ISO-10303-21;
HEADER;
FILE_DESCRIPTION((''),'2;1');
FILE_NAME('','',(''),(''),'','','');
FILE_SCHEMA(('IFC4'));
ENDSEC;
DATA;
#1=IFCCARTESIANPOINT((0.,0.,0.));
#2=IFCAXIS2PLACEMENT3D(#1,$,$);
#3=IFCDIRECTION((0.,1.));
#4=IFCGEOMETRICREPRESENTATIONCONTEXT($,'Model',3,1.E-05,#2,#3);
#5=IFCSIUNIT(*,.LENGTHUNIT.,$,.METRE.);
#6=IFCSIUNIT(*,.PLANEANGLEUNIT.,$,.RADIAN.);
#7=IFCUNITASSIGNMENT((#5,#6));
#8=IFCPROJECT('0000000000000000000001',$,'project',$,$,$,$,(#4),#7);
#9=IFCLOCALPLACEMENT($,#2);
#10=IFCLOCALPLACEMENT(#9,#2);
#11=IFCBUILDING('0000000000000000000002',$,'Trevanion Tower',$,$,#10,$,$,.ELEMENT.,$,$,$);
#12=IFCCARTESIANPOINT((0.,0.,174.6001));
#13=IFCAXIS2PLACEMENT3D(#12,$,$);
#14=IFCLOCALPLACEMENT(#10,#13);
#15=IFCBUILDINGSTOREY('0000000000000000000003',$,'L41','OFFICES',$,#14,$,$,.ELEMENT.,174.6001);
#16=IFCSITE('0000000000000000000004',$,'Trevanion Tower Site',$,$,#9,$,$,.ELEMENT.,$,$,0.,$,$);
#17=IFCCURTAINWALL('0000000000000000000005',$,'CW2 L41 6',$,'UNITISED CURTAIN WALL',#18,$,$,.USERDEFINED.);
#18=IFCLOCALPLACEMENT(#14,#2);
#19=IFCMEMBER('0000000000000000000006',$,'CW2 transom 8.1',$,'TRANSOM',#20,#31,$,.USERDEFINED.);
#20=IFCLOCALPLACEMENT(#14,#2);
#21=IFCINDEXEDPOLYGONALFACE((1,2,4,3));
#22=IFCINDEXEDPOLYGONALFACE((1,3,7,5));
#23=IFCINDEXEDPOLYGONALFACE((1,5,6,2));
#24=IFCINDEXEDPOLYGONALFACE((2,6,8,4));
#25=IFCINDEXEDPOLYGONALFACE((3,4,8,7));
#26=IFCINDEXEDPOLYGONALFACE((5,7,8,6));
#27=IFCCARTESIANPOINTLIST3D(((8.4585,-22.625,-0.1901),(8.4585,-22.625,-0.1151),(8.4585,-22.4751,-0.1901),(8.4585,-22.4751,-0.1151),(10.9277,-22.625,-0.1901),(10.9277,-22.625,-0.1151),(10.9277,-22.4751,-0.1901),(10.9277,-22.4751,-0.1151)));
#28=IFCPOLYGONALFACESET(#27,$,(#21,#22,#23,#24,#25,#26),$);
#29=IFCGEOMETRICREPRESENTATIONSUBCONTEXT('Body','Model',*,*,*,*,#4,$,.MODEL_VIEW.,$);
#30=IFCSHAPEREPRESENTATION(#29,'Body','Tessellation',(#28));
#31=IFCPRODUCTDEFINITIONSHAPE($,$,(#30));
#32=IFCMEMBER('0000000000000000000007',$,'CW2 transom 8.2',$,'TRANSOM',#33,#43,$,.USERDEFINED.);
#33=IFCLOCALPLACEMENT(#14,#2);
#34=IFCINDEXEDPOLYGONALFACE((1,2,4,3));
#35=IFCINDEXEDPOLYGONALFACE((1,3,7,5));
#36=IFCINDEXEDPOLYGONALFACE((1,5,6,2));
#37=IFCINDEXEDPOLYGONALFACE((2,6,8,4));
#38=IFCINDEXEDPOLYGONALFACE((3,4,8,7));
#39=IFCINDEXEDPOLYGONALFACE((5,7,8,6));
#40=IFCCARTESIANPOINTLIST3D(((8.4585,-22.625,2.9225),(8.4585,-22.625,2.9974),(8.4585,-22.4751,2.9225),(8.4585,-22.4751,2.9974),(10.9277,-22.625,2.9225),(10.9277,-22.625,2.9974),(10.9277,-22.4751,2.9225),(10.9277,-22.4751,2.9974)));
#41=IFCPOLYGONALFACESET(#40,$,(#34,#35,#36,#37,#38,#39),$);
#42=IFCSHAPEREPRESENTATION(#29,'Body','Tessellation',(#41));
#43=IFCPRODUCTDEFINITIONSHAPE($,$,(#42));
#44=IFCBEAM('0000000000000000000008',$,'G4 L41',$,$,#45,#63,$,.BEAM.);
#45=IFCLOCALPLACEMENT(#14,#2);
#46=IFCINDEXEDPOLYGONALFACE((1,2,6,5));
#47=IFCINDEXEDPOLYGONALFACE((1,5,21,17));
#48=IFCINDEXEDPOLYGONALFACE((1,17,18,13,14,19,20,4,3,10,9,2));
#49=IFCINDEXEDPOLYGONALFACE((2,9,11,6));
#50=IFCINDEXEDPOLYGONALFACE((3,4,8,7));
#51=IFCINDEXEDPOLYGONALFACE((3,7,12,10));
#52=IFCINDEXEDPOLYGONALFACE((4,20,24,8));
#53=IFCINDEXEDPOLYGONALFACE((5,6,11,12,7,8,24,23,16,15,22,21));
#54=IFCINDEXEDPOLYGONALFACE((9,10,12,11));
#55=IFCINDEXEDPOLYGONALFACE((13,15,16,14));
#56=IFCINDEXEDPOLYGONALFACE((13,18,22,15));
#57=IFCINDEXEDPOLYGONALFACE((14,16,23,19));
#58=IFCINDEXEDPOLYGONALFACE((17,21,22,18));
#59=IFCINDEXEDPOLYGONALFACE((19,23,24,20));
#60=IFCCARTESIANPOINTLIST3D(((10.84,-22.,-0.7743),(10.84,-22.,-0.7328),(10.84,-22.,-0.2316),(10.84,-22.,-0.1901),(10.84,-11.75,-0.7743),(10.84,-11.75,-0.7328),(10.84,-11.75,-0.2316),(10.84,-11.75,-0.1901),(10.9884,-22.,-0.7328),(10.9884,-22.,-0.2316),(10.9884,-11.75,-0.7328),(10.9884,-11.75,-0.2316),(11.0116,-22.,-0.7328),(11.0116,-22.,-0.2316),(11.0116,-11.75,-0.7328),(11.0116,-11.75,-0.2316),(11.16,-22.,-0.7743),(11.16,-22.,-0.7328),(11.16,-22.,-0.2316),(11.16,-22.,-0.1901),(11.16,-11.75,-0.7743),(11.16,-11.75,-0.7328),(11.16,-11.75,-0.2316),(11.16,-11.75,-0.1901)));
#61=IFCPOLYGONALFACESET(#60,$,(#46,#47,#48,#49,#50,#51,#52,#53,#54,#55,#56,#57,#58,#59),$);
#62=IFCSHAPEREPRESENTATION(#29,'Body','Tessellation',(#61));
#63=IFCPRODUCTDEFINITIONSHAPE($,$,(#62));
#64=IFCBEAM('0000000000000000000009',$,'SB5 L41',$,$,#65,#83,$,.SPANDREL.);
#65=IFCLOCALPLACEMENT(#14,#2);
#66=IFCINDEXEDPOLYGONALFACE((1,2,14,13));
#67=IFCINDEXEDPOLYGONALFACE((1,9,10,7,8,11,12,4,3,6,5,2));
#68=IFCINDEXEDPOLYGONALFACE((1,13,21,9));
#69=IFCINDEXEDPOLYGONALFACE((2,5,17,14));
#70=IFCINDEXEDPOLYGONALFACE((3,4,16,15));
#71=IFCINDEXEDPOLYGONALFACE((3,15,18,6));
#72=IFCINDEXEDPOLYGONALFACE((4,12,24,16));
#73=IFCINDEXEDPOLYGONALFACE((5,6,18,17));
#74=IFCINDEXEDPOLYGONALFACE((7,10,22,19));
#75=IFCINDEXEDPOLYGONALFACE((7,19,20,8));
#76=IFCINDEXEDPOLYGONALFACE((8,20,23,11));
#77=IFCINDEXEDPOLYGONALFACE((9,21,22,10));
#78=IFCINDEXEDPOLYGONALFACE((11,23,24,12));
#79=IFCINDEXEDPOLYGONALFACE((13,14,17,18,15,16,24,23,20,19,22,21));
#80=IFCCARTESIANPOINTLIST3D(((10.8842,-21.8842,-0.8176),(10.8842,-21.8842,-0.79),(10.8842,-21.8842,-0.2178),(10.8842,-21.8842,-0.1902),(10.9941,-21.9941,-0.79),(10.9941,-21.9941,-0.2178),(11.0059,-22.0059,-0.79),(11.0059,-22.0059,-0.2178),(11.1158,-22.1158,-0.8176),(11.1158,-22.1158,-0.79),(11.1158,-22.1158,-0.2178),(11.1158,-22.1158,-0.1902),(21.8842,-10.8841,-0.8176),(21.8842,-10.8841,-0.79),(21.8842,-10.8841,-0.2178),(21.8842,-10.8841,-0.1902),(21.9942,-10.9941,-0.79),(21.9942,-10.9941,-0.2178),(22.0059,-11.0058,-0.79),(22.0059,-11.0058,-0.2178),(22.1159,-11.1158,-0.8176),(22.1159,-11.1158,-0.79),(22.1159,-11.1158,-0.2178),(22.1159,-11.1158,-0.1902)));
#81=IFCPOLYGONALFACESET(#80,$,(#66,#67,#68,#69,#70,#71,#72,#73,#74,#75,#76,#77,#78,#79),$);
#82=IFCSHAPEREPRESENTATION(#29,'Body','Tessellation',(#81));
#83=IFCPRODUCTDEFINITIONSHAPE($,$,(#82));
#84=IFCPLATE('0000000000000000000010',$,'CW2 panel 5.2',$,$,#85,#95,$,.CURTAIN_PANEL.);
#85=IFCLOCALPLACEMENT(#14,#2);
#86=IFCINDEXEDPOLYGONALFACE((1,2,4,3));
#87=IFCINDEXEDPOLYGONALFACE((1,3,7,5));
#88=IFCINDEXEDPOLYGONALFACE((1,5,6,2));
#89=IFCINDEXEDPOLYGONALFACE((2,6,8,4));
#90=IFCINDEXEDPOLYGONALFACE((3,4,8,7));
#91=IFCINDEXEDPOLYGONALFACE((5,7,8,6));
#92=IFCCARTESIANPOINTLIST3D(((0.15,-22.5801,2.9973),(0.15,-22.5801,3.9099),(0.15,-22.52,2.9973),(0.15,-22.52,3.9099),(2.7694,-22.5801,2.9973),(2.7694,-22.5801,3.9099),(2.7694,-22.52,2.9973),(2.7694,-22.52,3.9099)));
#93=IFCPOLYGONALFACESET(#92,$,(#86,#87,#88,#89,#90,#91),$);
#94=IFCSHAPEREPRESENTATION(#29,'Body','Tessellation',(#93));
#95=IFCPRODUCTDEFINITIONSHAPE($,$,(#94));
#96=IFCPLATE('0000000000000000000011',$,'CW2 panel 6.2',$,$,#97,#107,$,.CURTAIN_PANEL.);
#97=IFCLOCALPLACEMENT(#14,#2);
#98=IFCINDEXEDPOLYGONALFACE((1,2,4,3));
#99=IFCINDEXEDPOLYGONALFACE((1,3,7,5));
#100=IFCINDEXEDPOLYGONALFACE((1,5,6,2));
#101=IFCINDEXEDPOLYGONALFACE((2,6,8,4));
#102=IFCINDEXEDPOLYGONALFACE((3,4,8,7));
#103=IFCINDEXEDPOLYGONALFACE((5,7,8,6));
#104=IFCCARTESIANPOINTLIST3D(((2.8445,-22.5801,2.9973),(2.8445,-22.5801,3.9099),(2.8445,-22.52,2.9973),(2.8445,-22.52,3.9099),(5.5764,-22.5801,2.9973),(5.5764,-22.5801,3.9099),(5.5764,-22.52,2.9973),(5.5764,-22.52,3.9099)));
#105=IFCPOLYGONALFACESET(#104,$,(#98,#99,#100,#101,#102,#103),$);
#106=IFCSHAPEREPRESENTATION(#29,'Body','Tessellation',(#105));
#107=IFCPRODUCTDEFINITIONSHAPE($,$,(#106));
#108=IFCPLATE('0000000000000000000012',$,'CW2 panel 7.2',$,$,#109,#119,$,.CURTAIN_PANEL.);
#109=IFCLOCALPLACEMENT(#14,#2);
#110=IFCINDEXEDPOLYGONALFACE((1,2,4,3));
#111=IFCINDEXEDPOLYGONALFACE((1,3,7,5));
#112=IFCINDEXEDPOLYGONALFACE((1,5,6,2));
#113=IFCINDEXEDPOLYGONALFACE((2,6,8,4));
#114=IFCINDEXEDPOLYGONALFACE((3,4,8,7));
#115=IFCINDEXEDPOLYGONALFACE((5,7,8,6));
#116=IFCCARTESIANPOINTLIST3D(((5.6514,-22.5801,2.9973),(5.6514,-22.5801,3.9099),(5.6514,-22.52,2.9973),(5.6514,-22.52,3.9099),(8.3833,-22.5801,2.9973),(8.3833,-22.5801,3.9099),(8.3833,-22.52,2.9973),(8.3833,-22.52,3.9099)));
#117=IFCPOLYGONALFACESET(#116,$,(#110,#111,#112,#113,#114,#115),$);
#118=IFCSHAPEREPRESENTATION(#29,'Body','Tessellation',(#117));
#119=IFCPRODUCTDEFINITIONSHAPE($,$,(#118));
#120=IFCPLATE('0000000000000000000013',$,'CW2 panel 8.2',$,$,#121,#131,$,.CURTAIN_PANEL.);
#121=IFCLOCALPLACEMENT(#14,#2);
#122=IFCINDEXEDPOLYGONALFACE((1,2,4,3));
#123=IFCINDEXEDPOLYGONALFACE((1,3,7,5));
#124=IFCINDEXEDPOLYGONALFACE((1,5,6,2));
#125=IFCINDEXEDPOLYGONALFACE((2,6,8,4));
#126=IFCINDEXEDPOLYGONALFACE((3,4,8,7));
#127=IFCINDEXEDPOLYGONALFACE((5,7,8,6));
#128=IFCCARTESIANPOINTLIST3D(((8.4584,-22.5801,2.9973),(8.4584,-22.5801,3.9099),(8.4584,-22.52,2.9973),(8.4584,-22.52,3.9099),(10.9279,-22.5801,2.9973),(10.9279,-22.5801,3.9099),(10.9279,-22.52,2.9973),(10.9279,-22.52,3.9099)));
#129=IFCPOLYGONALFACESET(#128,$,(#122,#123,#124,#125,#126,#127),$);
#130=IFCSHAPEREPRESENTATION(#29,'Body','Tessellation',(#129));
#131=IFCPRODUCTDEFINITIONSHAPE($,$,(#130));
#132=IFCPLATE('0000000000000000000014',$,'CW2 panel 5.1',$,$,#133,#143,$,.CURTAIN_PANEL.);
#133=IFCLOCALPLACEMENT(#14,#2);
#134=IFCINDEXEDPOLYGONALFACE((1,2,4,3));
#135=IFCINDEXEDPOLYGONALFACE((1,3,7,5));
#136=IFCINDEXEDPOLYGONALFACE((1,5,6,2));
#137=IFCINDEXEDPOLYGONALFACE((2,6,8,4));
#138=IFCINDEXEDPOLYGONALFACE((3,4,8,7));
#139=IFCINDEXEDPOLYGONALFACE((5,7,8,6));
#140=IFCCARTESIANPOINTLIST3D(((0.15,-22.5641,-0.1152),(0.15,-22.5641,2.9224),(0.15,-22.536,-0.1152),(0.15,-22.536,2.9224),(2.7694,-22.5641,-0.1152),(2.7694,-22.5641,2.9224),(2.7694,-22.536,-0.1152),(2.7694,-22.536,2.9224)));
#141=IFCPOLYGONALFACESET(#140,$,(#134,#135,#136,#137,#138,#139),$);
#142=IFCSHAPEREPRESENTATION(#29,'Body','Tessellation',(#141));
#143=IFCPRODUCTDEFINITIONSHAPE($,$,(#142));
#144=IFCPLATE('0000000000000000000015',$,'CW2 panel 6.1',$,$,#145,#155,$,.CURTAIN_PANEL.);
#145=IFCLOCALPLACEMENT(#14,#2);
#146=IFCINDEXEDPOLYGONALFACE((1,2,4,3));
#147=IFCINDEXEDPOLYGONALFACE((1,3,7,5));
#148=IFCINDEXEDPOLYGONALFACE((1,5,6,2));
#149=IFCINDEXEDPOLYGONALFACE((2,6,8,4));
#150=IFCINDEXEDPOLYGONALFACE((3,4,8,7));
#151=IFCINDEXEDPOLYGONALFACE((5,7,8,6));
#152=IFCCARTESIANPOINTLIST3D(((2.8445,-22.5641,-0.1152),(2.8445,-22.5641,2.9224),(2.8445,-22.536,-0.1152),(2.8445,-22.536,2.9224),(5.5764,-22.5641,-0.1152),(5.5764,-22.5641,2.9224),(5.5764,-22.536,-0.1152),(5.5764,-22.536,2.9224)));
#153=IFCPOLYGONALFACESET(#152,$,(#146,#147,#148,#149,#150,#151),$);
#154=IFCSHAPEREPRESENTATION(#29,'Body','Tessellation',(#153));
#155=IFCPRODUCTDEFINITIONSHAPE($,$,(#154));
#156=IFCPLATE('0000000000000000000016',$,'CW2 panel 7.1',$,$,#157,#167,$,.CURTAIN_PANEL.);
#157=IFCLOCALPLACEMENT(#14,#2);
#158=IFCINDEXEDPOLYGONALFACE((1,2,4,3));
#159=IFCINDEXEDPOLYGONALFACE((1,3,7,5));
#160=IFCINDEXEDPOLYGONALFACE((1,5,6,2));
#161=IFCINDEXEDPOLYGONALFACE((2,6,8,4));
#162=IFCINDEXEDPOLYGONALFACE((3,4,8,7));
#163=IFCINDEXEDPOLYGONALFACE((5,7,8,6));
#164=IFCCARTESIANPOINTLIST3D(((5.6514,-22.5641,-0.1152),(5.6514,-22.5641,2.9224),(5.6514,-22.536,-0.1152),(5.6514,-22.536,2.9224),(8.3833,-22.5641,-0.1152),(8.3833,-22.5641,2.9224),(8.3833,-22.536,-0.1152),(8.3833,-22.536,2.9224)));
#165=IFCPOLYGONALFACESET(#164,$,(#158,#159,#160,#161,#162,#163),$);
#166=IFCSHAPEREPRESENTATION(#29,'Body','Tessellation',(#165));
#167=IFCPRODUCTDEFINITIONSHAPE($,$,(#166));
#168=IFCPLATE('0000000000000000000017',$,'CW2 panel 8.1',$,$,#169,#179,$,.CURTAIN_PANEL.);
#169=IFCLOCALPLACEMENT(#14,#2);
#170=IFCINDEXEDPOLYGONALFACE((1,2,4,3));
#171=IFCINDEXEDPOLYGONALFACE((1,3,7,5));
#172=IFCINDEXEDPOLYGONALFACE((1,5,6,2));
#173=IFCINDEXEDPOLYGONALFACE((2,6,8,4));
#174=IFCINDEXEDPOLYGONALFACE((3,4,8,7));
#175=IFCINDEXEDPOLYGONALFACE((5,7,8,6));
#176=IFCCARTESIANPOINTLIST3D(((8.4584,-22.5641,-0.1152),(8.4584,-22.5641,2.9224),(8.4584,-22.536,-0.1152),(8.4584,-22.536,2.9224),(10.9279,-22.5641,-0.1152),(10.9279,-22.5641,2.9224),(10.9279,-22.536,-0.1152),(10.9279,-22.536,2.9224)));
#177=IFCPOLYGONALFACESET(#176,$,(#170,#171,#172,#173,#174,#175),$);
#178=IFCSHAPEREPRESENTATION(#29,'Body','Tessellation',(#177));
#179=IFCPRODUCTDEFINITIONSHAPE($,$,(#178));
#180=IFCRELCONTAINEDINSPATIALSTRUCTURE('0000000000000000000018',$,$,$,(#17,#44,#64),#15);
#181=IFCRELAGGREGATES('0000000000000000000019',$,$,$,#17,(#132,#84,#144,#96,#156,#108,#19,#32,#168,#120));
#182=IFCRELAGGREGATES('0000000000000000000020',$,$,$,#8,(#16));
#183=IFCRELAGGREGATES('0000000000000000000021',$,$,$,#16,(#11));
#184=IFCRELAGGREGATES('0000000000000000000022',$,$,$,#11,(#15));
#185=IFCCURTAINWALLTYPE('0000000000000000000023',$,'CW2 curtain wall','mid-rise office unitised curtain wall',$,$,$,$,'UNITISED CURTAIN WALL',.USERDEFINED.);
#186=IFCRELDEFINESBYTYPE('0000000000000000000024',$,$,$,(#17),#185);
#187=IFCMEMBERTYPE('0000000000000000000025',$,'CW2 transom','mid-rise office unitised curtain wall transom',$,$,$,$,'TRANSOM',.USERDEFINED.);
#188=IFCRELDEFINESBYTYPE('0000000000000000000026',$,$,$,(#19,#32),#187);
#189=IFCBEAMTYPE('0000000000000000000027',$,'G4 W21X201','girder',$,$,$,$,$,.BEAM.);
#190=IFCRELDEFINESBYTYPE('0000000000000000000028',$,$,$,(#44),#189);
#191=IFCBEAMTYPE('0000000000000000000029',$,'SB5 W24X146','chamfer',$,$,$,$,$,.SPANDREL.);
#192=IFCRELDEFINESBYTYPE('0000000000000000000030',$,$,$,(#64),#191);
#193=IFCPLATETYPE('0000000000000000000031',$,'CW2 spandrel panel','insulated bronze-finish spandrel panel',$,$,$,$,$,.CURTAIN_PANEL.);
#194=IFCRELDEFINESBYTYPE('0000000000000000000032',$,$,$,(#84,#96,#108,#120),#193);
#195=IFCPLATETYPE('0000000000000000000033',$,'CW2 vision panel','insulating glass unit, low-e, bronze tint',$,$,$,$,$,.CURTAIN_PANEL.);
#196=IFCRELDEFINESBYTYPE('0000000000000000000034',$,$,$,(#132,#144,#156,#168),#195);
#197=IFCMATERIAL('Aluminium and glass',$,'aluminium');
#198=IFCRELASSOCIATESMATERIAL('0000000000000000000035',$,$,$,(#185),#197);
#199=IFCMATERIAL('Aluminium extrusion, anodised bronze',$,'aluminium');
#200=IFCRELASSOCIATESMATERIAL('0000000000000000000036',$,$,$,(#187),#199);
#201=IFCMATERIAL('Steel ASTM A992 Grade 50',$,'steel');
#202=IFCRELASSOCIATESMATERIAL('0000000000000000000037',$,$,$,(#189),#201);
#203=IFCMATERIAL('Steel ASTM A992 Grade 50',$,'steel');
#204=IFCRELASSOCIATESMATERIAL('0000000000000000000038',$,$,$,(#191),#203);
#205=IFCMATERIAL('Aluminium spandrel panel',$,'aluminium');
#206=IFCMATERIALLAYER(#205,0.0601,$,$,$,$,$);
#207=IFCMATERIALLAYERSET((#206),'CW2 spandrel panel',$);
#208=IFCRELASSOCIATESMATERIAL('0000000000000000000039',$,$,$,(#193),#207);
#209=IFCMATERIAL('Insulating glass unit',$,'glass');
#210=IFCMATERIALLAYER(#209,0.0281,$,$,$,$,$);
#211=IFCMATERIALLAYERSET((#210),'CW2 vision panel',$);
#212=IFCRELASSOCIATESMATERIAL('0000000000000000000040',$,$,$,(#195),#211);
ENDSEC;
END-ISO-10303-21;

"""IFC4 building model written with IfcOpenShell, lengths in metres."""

from ifc_helpers import new_model, si_unit, direction, frame, origin, origin_2d, place, context, subcontext, project, spatial, rectangle, i_section, extrude, material, layer, layer_set, material_profile, profile_set, type_object, element, aggregate, save


model = new_model("IFC4")

# Units and contexts
model_context = context("Model", 3, precision=1e-05, world=origin(), true_north=direction((0.0, 1.0)))
body_context = subcontext(model_context, "Body", "Model", "MODEL_VIEW")
ifc_project = project(units=[si_unit("LENGTHUNIT", "METRE"), si_unit("PLANEANGLEUNIT", "RADIAN")], contexts=[model_context])

# Site, building, storey
site_placement = place(None, origin())
site = spatial("IfcSite", under=ifc_project, at=site_placement, Name="Trevanion Tower Site", CompositionType="ELEMENT", RefElevation=0.0)
building_placement = place(site_placement, origin())
building = spatial("IfcBuilding", under=site, at=building_placement, Name="Trevanion Tower", CompositionType="ELEMENT")
storey_placement = place(building_placement, frame((0.0, 0.0, 174.6001)))
storey = spatial("IfcBuildingStorey", under=building, at=storey_placement, Name="L41", Description="OFFICES", CompositionType="ELEMENT", Elevation=174.6001)

# Curtain wall, members
ifc_material_1 = material(Name="Aluminium and glass", Category="aluminium")
curtain_wall_type = type_object("IfcCurtainWallType", Name="CW2 curtain wall", Description="mid-rise office unitised curtain wall", ElementType="UNITISED CURTAIN WALL", PredefinedType="USERDEFINED", material=ifc_material_1)
curtain_wall_placement = place(storey_placement, origin())
curtain_wall = element("IfcCurtainWall", 1, at=curtain_wall_placement, inside=storey, type_object=curtain_wall_type, Name="CW2 L41 6", ObjectType="UNITISED CURTAIN WALL", PredefinedType="USERDEFINED")
ifc_material_2 = material(Name="Aluminium extrusion, anodised bronze", Category="aluminium")
ifc_material_profile_1 = material_profile(ifc_material_2, rectangle(XDim=0.1499, YDim=0.075, at=origin_2d()), Name="CW2 transom")
ifc_profile_set_1 = profile_set([ifc_material_profile_1], Name="Aluminium extrusion, anodised bronze")
member_type_1 = type_object("IfcMemberType", Name="CW2 transom", Description="mid-rise office unitised curtain wall transom", ElementType="TRANSOM", PredefinedType="USERDEFINED", material=ifc_profile_set_1)
member_1_placement = place(storey_placement, frame((8.4585, -22.55, -0.1526), z_axis=(1.0, 0.0, 0.0), x_axis=(0.0, 1.0, 0.0)))
member_1 = element("IfcMember", 2, at=member_1_placement, type_object=member_type_1, Name="CW2 transom 8.1", ObjectType="TRANSOM", PredefinedType="USERDEFINED", context=body_context, shape_type="SweptSolid", body=[
    extrude(rectangle(XDim=0.1499, YDim=0.075, at=origin_2d()), origin(), (0.0, 0.0, 1.0), 2.4692),
])
member_2_placement = place(storey_placement, frame((8.4585, -22.55, 2.96), z_axis=(1.0, 0.0, 0.0), x_axis=(0.0, 1.0, 0.0)))
member_2 = element("IfcMember", 3, at=member_2_placement, type_object=member_type_1, Name="CW2 transom 8.2", ObjectType="TRANSOM", PredefinedType="USERDEFINED", context=body_context, shape_type="SweptSolid", body=[
    extrude(rectangle(XDim=0.1499, YDim=0.075, at=origin_2d()), origin(), (0.0, 0.0, 1.0), 2.4692),
])

# Beams
ifc_material_3 = material(Name="Steel ASTM A992 Grade 50", Category="steel")
ifc_material_profile_2 = material_profile(ifc_material_3, i_section(OverallWidth=0.3201, OverallDepth=0.5842, WebThickness=0.0232, FlangeThickness=0.0415, at=origin_2d()), Name="W21X201")
ifc_profile_set_2 = profile_set([ifc_material_profile_2], Name="Steel ASTM A992 Grade 50")
beam_type_1 = type_object("IfcBeamType", Name="G4 W21X201", Description="girder", PredefinedType="BEAM", material=ifc_profile_set_2)
beam_1_placement = place(storey_placement, frame((11.0, -11.75, -0.4822), z_axis=(0.0, -1.0, 0.0), x_axis=(1.0, 0.0, 0.0)))
element("IfcBeam", 4, at=beam_1_placement, inside=storey, type_object=beam_type_1, Name="G4 L41", PredefinedType="BEAM", context=body_context, shape_type="SweptSolid", body=[
    extrude(i_section(OverallWidth=0.3201, OverallDepth=0.5842, WebThickness=0.0232, FlangeThickness=0.0415, at=origin_2d()), origin(), (0.0, 0.0, 1.0), 10.25),
])
ifc_material_4 = material(Name="Steel ASTM A992 Grade 50", Category="steel")
ifc_material_profile_3 = material_profile(ifc_material_4, i_section(OverallWidth=0.3276, OverallDepth=0.6274, WebThickness=0.0166, FlangeThickness=0.0276, at=origin_2d()), Name="W24X146")
ifc_profile_set_3 = profile_set([ifc_material_profile_3], Name="Steel ASTM A992 Grade 50")
beam_type_2 = type_object("IfcBeamType", Name="SB5 W24X146", Description="chamfer", PredefinedType="SPANDREL", material=ifc_profile_set_3)
beam_2_placement = place(storey_placement, frame((11.0, -22.0, -0.5039), z_axis=(0.707107, 0.707107, 0.0), x_axis=(-0.707107, 0.707107, 0.0)))
element("IfcBeam", 5, at=beam_2_placement, inside=storey, type_object=beam_type_2, Name="SB5 L41", PredefinedType="SPANDREL", context=body_context, shape_type="SweptSolid", body=[
    extrude(i_section(OverallWidth=0.3276, OverallDepth=0.6274, WebThickness=0.0166, FlangeThickness=0.0276, at=origin_2d()), origin(), (0.0, 0.0, 1.0), 15.5564),
])

# Plates
ifc_material_5 = material(Name="Aluminium spandrel panel", Category="aluminium")
ifc_layer_1 = layer(ifc_material_5, 0.0601)
ifc_layer_set_1 = layer_set([ifc_layer_1], Name="CW2 spandrel panel")
plate_type_1 = type_object("IfcPlateType", Name="CW2 spandrel panel", Description="insulated bronze-finish spandrel panel", PredefinedType="CURTAIN_PANEL", material=ifc_layer_set_1)
plate_1_placement = place(storey_placement, frame((1.4597, -22.55, 2.9973), z_axis=(0.0, 0.0, 1.0), x_axis=(1.0, 0.0, 0.0)))
plate_1 = element("IfcPlate", 6, at=plate_1_placement, type_object=plate_type_1, Name="CW2 panel 5.2", PredefinedType="CURTAIN_PANEL", context=body_context, shape_type="SweptSolid", body=[
    extrude(rectangle(XDim=2.6194, YDim=0.0601, at=origin_2d()), origin(), (0.0, 0.0, 1.0), 0.9126),
])
plate_2_placement = place(storey_placement, frame((4.2104, -22.55, 2.9973), z_axis=(0.0, 0.0, 1.0), x_axis=(1.0, 0.0, 0.0)))
plate_2 = element("IfcPlate", 7, at=plate_2_placement, type_object=plate_type_1, Name="CW2 panel 6.2", PredefinedType="CURTAIN_PANEL", context=body_context, shape_type="SweptSolid", body=[
    extrude(rectangle(XDim=2.7319, YDim=0.0601, at=origin_2d()), origin(), (0.0, 0.0, 1.0), 0.9126),
])
plate_3_placement = place(storey_placement, frame((7.0173, -22.55, 2.9973), z_axis=(0.0, 0.0, 1.0), x_axis=(1.0, 0.0, 0.0)))
plate_3 = element("IfcPlate", 8, at=plate_3_placement, type_object=plate_type_1, Name="CW2 panel 7.2", PredefinedType="CURTAIN_PANEL", context=body_context, shape_type="SweptSolid", body=[
    extrude(rectangle(XDim=2.7319, YDim=0.0601, at=origin_2d()), origin(), (0.0, 0.0, 1.0), 0.9126),
])
plate_4_placement = place(storey_placement, frame((9.6931, -22.55, 2.9973), z_axis=(0.0, 0.0, 1.0), x_axis=(1.0, 0.0, 0.0)))
plate_4 = element("IfcPlate", 9, at=plate_4_placement, type_object=plate_type_1, Name="CW2 panel 8.2", PredefinedType="CURTAIN_PANEL", context=body_context, shape_type="SweptSolid", body=[
    extrude(rectangle(XDim=2.4695, YDim=0.0601, at=origin_2d()), origin(), (0.0, 0.0, 1.0), 0.9126),
])
ifc_material_6 = material(Name="Insulating glass unit", Category="glass")
ifc_layer_2 = layer(ifc_material_6, 0.0281)
ifc_layer_set_2 = layer_set([ifc_layer_2], Name="CW2 vision panel")
plate_type_2 = type_object("IfcPlateType", Name="CW2 vision panel", Description="insulating glass unit, low-e, bronze tint", PredefinedType="CURTAIN_PANEL", material=ifc_layer_set_2)
plate_5_placement = place(storey_placement, frame((1.4597, -22.55, -0.1152), z_axis=(0.0, 0.0, 1.0), x_axis=(1.0, 0.0, 0.0)))
plate_5 = element("IfcPlate", 10, at=plate_5_placement, type_object=plate_type_2, Name="CW2 panel 5.1", PredefinedType="CURTAIN_PANEL", context=body_context, shape_type="SweptSolid", body=[
    extrude(rectangle(XDim=2.6194, YDim=0.0281, at=origin_2d()), origin(), (0.0, 0.0, 1.0), 3.0376),
])
plate_6_placement = place(storey_placement, frame((4.2104, -22.55, -0.1152), z_axis=(0.0, 0.0, 1.0), x_axis=(1.0, 0.0, 0.0)))
plate_6 = element("IfcPlate", 11, at=plate_6_placement, type_object=plate_type_2, Name="CW2 panel 6.1", PredefinedType="CURTAIN_PANEL", context=body_context, shape_type="SweptSolid", body=[
    extrude(rectangle(XDim=2.7319, YDim=0.0281, at=origin_2d()), origin(), (0.0, 0.0, 1.0), 3.0376),
])
plate_7_placement = place(storey_placement, frame((7.0173, -22.55, -0.1152), z_axis=(0.0, 0.0, 1.0), x_axis=(1.0, 0.0, 0.0)))
plate_7 = element("IfcPlate", 12, at=plate_7_placement, type_object=plate_type_2, Name="CW2 panel 7.1", PredefinedType="CURTAIN_PANEL", context=body_context, shape_type="SweptSolid", body=[
    extrude(rectangle(XDim=2.7319, YDim=0.0281, at=origin_2d()), origin(), (0.0, 0.0, 1.0), 3.0376),
])
plate_8_placement = place(storey_placement, frame((9.6931, -22.55, -0.1152), z_axis=(0.0, 0.0, 1.0), x_axis=(1.0, 0.0, 0.0)))
plate_8 = element("IfcPlate", 13, at=plate_8_placement, type_object=plate_type_2, Name="CW2 panel 8.1", PredefinedType="CURTAIN_PANEL", context=body_context, shape_type="SweptSolid", body=[
    extrude(rectangle(XDim=2.4695, YDim=0.0281, at=origin_2d()), origin(), (0.0, 0.0, 1.0), 3.0376),
])
aggregate(curtain_wall, [plate_5, plate_1, plate_6, plate_2, plate_7, plate_3, member_1, member_2, plate_8, plate_4])

save(model, "model.ifc")
